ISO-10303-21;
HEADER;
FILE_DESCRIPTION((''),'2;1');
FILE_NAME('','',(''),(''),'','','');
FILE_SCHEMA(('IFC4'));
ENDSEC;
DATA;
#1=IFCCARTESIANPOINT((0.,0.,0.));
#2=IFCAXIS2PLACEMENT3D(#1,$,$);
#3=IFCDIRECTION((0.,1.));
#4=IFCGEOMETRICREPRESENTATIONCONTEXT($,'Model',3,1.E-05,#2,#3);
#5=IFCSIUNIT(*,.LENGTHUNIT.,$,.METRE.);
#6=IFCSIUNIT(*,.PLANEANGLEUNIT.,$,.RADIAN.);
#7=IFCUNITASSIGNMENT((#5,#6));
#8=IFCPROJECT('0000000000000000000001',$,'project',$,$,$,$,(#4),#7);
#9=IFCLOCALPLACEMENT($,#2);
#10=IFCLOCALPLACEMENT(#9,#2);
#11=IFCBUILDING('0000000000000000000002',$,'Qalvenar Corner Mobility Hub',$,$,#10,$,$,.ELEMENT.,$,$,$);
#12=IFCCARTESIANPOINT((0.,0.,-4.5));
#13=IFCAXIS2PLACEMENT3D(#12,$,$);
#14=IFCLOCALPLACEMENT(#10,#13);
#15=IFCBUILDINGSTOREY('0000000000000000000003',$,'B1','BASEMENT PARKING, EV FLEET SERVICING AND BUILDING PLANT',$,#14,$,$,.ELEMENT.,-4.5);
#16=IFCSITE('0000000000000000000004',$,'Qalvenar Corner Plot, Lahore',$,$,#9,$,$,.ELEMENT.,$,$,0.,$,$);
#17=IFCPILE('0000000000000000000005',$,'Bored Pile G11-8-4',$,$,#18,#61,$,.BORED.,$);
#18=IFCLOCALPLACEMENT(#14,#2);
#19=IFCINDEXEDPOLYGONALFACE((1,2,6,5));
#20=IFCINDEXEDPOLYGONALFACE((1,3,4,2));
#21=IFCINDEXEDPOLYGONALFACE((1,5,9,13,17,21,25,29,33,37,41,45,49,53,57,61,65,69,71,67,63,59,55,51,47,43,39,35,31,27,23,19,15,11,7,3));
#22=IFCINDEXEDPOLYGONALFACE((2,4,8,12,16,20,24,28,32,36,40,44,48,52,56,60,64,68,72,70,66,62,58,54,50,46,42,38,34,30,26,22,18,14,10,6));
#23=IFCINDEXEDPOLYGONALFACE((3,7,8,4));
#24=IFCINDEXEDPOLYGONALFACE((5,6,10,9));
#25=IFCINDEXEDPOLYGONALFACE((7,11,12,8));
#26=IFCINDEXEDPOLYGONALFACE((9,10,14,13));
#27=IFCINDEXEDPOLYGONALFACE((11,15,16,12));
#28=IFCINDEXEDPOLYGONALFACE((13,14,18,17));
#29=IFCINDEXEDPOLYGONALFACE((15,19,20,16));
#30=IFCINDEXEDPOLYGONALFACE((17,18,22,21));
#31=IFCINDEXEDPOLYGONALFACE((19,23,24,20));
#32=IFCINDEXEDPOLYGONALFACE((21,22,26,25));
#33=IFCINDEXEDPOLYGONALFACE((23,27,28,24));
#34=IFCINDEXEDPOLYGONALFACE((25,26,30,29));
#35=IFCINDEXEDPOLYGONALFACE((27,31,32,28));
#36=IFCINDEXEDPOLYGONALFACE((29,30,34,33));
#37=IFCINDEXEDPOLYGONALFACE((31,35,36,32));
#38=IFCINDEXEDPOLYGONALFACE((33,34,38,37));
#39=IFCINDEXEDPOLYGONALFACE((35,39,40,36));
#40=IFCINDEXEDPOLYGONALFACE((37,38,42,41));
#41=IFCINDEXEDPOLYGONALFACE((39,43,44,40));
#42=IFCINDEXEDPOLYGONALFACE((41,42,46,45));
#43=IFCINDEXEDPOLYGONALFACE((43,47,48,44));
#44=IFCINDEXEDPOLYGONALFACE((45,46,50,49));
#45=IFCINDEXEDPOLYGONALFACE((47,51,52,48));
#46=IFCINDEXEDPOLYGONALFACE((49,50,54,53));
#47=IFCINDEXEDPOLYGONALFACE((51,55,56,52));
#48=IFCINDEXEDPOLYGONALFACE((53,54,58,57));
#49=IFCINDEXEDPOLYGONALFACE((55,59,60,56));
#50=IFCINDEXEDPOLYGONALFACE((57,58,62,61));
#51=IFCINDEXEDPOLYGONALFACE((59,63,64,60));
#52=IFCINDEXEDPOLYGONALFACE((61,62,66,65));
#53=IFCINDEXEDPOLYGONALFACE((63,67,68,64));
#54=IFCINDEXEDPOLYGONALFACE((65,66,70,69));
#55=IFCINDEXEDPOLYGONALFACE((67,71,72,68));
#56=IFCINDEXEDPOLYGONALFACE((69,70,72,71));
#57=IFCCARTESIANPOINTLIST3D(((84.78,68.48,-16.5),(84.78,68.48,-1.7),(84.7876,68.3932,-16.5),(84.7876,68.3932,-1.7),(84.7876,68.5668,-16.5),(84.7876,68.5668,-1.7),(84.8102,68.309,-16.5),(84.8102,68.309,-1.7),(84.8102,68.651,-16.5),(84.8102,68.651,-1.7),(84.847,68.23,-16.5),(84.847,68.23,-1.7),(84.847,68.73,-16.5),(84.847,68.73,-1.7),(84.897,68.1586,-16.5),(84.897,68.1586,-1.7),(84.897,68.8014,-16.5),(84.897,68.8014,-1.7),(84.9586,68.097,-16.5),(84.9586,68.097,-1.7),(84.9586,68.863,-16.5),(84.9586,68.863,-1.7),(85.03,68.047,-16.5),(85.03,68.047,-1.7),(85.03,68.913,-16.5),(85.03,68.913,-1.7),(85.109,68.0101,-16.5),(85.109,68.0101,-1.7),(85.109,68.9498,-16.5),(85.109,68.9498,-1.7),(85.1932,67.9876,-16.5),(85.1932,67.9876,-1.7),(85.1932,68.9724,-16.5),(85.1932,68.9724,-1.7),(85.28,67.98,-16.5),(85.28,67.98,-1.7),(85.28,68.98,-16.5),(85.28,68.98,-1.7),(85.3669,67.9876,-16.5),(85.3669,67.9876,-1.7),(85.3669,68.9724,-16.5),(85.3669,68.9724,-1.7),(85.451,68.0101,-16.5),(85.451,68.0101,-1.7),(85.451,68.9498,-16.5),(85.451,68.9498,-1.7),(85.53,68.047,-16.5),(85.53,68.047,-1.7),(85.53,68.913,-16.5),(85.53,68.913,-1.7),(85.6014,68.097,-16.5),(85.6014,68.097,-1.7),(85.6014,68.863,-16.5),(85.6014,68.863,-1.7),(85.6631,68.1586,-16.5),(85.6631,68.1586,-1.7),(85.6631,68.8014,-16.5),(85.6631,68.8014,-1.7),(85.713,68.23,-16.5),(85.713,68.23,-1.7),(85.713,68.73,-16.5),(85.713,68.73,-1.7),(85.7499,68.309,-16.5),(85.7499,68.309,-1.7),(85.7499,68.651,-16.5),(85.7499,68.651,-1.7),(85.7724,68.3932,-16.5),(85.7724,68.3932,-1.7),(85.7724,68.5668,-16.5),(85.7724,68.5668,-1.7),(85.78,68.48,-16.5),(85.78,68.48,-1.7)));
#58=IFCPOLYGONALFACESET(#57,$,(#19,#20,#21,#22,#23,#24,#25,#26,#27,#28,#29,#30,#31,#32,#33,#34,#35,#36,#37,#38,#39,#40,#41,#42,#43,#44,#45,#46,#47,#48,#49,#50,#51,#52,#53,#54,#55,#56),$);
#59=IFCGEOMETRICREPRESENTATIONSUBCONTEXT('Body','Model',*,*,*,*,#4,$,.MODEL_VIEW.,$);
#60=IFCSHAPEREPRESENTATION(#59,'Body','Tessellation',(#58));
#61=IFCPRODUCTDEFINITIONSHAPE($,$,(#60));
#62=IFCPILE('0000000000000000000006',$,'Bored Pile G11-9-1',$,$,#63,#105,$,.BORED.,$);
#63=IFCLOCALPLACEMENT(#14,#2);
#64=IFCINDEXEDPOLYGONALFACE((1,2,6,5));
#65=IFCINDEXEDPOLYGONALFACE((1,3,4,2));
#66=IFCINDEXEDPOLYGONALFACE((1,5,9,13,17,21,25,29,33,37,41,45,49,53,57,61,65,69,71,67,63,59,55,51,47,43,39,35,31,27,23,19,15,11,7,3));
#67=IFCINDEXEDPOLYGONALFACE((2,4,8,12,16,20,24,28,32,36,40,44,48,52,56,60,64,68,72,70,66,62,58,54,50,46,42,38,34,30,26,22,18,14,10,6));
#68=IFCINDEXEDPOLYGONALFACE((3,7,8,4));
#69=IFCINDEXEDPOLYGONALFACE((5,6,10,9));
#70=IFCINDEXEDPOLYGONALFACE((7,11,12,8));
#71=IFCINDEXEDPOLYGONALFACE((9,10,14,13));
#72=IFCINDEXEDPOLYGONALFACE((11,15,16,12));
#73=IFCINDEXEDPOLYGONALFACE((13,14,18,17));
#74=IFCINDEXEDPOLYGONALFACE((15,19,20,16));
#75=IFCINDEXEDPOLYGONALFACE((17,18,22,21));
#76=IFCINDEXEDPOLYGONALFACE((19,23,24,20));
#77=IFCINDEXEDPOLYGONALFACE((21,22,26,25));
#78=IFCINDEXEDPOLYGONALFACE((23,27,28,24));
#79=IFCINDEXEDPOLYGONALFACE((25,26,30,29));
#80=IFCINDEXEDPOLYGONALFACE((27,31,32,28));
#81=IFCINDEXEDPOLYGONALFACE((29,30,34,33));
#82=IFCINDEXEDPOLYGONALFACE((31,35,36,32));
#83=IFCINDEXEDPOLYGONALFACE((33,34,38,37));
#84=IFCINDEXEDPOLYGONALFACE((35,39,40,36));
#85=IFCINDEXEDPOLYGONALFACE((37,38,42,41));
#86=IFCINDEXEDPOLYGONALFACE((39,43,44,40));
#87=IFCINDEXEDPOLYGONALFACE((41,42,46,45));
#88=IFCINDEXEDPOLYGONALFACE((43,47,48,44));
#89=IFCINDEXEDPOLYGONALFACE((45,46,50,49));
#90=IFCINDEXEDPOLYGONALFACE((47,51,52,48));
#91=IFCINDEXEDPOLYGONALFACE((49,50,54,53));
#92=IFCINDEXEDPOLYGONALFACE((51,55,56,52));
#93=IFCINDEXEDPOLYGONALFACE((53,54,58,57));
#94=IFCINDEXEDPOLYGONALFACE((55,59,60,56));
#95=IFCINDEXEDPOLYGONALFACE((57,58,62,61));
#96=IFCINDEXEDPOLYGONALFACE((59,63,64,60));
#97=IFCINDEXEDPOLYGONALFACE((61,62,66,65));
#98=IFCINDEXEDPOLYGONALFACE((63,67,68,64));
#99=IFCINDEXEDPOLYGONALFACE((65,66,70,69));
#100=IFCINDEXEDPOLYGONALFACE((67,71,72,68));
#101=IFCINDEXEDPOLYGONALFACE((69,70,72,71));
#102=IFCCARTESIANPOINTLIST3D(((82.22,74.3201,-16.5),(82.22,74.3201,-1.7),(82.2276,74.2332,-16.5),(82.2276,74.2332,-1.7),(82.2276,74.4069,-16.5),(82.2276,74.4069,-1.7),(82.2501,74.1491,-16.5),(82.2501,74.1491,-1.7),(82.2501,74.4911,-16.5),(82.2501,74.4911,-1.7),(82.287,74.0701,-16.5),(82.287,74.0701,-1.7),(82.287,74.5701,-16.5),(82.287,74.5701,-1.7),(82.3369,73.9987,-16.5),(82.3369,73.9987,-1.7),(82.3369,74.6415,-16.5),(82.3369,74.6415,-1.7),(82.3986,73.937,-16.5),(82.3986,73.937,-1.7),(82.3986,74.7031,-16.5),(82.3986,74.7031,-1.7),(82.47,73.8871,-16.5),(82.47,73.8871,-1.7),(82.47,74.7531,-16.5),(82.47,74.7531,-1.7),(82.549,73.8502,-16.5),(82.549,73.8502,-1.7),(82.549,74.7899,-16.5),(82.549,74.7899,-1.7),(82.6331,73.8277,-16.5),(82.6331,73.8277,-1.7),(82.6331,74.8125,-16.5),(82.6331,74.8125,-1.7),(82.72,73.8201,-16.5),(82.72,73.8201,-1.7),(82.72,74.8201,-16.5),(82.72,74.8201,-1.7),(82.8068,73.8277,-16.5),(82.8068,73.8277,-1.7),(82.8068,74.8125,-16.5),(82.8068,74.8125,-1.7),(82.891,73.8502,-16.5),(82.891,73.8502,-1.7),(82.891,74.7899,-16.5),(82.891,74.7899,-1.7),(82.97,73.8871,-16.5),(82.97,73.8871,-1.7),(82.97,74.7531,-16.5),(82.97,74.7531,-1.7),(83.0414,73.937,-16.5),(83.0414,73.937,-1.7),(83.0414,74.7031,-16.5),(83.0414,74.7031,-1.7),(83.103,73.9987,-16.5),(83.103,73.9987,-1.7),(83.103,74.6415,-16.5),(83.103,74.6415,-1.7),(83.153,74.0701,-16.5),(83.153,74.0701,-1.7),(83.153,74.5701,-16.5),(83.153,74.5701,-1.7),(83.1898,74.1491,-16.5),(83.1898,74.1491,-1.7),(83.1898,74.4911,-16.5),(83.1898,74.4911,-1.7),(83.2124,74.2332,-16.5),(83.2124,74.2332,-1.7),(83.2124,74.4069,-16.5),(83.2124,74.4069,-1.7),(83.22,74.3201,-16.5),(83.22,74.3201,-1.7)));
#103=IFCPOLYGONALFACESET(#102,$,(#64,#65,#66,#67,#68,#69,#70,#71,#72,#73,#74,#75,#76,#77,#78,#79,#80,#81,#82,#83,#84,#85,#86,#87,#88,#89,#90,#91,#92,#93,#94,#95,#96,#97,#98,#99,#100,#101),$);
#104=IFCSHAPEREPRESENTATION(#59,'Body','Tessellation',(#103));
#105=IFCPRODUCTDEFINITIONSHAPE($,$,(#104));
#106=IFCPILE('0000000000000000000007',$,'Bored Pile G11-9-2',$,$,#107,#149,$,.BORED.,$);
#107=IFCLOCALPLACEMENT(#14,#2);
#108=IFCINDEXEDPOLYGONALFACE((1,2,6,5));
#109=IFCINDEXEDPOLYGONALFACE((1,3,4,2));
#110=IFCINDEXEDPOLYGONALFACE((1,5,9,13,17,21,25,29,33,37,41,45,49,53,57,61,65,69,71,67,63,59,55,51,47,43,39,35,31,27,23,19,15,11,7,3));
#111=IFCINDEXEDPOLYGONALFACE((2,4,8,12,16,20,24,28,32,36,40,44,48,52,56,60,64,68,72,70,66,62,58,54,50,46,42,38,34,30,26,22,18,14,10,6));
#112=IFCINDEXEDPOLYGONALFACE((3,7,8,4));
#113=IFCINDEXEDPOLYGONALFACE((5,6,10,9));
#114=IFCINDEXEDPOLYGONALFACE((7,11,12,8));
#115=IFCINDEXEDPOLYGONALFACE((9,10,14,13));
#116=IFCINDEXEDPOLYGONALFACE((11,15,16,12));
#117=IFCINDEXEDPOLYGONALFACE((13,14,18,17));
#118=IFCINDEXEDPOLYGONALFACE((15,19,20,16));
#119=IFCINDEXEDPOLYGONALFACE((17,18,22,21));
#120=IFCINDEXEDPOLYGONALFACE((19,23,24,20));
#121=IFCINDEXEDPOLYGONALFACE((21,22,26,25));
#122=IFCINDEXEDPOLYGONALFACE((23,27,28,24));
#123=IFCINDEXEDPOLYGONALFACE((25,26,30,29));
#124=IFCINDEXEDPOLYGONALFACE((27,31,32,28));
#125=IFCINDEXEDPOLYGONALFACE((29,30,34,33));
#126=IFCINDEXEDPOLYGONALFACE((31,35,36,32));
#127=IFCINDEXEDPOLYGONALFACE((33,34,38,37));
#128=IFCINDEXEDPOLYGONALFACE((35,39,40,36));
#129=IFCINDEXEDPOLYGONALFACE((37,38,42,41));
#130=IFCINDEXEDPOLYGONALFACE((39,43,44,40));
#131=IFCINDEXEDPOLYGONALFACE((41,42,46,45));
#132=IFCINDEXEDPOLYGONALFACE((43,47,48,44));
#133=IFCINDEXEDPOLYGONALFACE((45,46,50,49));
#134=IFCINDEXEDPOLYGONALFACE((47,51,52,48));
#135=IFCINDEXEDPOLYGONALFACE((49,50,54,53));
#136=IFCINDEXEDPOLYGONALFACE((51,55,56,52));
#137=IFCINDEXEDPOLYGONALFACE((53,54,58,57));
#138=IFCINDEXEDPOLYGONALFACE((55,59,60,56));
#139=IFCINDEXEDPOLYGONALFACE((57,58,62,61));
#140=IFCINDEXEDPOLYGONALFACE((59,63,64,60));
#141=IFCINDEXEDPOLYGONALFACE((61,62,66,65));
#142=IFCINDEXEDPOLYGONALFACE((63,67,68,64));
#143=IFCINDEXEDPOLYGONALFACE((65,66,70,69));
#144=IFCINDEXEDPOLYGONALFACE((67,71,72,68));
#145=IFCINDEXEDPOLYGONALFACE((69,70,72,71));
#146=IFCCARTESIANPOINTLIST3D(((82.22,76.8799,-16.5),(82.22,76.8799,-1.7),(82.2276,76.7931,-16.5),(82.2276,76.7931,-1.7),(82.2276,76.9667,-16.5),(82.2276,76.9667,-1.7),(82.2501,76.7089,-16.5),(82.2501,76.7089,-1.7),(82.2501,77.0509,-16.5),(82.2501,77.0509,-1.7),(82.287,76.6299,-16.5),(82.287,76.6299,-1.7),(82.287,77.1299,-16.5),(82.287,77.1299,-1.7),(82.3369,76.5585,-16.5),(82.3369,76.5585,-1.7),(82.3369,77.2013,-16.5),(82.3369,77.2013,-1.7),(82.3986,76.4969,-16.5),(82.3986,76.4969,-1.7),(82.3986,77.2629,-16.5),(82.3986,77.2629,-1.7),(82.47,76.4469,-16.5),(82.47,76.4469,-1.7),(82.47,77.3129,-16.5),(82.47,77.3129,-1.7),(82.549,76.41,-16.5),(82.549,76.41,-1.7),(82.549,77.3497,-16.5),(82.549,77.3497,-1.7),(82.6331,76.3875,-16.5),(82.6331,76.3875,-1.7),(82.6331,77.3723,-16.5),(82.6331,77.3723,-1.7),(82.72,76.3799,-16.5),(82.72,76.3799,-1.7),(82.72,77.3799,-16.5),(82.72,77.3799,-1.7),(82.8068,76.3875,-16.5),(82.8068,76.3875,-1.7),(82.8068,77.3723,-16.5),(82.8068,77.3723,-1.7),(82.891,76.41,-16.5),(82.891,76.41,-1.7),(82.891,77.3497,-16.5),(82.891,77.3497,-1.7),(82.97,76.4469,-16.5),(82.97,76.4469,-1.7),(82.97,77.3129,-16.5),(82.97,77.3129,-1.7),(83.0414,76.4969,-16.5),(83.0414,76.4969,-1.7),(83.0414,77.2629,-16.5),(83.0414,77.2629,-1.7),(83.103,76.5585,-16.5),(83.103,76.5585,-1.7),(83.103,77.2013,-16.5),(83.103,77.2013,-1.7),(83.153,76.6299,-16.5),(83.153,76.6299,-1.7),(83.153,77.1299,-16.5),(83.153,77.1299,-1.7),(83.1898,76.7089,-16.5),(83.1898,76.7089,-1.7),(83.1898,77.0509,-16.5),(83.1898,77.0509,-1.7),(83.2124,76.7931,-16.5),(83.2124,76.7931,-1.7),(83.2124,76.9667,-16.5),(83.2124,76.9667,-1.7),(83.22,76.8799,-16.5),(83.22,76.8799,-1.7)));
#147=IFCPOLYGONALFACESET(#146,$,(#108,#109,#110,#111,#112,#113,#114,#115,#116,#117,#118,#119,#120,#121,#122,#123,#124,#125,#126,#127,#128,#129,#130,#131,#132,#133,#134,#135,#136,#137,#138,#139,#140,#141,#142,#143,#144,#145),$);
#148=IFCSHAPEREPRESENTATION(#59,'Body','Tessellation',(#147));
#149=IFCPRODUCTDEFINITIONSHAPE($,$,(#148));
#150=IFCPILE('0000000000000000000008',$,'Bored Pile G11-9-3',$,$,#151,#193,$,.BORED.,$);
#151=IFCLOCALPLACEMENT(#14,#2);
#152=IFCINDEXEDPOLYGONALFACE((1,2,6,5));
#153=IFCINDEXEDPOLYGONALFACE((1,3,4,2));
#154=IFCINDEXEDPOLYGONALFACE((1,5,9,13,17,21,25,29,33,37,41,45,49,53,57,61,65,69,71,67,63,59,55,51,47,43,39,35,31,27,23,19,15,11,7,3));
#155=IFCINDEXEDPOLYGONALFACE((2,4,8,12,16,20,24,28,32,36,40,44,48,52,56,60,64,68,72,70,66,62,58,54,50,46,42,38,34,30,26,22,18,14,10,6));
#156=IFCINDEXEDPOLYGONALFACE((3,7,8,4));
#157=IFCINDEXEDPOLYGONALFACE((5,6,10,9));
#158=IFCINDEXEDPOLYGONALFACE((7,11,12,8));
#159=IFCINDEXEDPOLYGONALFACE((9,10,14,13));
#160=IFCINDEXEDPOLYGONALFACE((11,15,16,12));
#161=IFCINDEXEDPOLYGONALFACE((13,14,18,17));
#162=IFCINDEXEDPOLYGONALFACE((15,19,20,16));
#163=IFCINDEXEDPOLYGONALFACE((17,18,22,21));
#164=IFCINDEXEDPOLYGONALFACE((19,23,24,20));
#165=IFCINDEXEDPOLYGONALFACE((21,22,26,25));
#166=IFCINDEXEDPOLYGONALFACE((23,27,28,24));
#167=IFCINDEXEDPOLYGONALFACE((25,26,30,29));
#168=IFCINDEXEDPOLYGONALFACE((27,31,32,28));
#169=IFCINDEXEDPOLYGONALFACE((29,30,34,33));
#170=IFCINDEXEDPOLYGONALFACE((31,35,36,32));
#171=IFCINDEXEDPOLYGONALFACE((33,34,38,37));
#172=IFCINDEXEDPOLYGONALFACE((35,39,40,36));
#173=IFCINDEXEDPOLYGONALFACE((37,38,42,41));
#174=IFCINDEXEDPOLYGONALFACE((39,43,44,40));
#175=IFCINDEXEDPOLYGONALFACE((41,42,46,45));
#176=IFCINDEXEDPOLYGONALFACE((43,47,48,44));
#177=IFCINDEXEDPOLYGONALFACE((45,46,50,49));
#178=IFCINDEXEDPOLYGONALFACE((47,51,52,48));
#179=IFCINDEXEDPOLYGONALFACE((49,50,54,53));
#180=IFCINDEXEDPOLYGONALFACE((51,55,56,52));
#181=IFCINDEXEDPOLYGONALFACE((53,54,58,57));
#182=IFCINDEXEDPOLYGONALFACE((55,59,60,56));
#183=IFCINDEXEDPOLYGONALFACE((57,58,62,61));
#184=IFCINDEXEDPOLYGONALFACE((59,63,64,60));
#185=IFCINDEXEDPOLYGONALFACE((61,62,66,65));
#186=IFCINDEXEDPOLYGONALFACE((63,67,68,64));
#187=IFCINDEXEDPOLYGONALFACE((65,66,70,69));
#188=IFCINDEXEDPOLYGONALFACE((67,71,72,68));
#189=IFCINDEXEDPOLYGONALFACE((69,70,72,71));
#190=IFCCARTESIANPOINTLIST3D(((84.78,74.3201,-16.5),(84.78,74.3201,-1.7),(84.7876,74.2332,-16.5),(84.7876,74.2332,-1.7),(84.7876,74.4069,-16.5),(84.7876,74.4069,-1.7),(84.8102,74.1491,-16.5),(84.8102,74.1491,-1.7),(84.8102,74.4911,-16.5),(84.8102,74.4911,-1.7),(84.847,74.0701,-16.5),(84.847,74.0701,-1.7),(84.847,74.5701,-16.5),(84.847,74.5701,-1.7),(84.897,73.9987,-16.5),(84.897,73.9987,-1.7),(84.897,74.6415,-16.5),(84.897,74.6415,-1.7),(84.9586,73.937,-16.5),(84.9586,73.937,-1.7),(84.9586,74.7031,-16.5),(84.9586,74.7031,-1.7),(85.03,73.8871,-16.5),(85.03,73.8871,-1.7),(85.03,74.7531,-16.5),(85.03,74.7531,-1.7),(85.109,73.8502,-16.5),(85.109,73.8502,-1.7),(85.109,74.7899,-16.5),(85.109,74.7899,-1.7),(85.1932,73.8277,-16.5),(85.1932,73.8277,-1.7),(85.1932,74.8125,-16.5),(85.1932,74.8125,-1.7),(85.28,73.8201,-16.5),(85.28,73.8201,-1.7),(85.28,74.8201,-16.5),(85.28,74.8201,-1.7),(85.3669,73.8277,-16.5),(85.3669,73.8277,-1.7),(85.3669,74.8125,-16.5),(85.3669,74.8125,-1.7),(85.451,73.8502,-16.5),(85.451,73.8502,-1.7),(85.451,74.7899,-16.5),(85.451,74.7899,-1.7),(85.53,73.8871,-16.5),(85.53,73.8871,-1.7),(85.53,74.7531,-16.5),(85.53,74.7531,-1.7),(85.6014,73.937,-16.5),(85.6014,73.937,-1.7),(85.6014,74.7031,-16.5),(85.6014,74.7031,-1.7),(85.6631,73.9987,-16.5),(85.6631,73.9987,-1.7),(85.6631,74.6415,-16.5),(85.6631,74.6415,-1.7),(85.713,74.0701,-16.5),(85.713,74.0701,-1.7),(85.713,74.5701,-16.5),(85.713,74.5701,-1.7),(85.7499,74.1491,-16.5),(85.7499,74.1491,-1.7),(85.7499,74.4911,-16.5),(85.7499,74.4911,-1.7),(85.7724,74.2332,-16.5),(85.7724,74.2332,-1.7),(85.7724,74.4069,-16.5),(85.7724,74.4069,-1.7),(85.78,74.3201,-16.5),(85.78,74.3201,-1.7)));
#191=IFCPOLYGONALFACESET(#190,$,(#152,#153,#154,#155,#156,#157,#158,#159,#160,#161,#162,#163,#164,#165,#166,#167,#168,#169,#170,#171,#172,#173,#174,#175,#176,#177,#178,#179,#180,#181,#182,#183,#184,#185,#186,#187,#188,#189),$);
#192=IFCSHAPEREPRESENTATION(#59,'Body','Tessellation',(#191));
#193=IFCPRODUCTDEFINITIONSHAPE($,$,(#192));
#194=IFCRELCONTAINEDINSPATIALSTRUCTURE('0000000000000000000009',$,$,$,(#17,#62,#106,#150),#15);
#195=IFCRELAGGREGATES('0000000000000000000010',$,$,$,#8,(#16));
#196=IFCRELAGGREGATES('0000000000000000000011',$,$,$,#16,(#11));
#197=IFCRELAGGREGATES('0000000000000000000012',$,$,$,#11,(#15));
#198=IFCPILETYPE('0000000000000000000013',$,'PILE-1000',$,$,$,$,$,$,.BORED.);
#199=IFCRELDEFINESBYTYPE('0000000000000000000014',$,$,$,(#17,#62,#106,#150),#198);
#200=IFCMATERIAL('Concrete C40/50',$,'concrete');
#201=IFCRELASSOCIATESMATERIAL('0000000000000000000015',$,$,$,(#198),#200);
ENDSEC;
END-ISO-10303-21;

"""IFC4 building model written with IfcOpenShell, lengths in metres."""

from ifc_helpers import new_model, si_unit, direction, frame, origin, origin_2d, place, context, subcontext, project, spatial, circle, extrude, material, material_profile, profile_set, type_object, element, save


model = new_model("IFC4")

# Units and contexts
model_context = context("Model", 3, precision=1e-05, world=origin(), true_north=direction((0.0, 1.0)))
body_context = subcontext(model_context, "Body", "Model", "MODEL_VIEW")
ifc_project = project(units=[si_unit("LENGTHUNIT", "METRE"), si_unit("PLANEANGLEUNIT", "RADIAN")], contexts=[model_context])

# Site, building, storey
site_placement = place(None, origin())
site = spatial("IfcSite", under=ifc_project, at=site_placement, Name="Qalvenar Corner Plot, Lahore", CompositionType="ELEMENT", RefElevation=0.0)
building_placement = place(site_placement, origin())
building = spatial("IfcBuilding", under=site, at=building_placement, Name="Qalvenar Corner Mobility Hub", CompositionType="ELEMENT")
storey_placement = place(building_placement, frame((0.0, 0.0, -4.5)))
storey = spatial("IfcBuildingStorey", under=building, at=storey_placement, Name="B1", Description="BASEMENT PARKING, EV FLEET SERVICING AND BUILDING PLANT", CompositionType="ELEMENT", Elevation=-4.5)

# Shared definitions
ifc_material_1 = material(Name="Concrete C40/50", Category="concrete")

# Piles
ifc_material_profile_1 = material_profile(ifc_material_1, circle(Radius=0.5, at=origin_2d()), Name="DIA1000")
ifc_profile_set_1 = profile_set([ifc_material_profile_1], Name="Concrete C40/50")
pile_type = type_object("IfcPileType", Name="PILE-1000", PredefinedType="BORED", material=ifc_profile_set_1)
for number, where, z_axis, x_axis, name in (
    (1, (85.28, 68.48, -1.7), (0.0, 0.0, -1.0), (1.0, 0.0, 0.0), "Bored Pile G11-8-4"),
    (2, (82.72, 74.3201, -1.7), (0.0, 0.0, -1.0), (1.0, 0.0, 0.0), "Bored Pile G11-9-1"),
    (3, (82.72, 76.8799, -1.7), (0.0, 0.0, -1.0), (1.0, 0.0, 0.0), "Bored Pile G11-9-2"),
    (4, (85.28, 74.3201, -1.7), (0.0, 0.0, -1.0), (1.0, 0.0, 0.0), "Bored Pile G11-9-3"),
):
    element("IfcPile", number, at=place(storey_placement, frame(where, z_axis=z_axis, x_axis=x_axis)), inside=storey, type_object=pile_type, Name=name, PredefinedType="BORED", context=body_context, shape_type="SweptSolid", body=[
        extrude(circle(Radius=0.5, at=origin_2d()), origin(), (0.0, 0.0, 1.0), 14.8),
    ])

save(model, "model.ifc")
